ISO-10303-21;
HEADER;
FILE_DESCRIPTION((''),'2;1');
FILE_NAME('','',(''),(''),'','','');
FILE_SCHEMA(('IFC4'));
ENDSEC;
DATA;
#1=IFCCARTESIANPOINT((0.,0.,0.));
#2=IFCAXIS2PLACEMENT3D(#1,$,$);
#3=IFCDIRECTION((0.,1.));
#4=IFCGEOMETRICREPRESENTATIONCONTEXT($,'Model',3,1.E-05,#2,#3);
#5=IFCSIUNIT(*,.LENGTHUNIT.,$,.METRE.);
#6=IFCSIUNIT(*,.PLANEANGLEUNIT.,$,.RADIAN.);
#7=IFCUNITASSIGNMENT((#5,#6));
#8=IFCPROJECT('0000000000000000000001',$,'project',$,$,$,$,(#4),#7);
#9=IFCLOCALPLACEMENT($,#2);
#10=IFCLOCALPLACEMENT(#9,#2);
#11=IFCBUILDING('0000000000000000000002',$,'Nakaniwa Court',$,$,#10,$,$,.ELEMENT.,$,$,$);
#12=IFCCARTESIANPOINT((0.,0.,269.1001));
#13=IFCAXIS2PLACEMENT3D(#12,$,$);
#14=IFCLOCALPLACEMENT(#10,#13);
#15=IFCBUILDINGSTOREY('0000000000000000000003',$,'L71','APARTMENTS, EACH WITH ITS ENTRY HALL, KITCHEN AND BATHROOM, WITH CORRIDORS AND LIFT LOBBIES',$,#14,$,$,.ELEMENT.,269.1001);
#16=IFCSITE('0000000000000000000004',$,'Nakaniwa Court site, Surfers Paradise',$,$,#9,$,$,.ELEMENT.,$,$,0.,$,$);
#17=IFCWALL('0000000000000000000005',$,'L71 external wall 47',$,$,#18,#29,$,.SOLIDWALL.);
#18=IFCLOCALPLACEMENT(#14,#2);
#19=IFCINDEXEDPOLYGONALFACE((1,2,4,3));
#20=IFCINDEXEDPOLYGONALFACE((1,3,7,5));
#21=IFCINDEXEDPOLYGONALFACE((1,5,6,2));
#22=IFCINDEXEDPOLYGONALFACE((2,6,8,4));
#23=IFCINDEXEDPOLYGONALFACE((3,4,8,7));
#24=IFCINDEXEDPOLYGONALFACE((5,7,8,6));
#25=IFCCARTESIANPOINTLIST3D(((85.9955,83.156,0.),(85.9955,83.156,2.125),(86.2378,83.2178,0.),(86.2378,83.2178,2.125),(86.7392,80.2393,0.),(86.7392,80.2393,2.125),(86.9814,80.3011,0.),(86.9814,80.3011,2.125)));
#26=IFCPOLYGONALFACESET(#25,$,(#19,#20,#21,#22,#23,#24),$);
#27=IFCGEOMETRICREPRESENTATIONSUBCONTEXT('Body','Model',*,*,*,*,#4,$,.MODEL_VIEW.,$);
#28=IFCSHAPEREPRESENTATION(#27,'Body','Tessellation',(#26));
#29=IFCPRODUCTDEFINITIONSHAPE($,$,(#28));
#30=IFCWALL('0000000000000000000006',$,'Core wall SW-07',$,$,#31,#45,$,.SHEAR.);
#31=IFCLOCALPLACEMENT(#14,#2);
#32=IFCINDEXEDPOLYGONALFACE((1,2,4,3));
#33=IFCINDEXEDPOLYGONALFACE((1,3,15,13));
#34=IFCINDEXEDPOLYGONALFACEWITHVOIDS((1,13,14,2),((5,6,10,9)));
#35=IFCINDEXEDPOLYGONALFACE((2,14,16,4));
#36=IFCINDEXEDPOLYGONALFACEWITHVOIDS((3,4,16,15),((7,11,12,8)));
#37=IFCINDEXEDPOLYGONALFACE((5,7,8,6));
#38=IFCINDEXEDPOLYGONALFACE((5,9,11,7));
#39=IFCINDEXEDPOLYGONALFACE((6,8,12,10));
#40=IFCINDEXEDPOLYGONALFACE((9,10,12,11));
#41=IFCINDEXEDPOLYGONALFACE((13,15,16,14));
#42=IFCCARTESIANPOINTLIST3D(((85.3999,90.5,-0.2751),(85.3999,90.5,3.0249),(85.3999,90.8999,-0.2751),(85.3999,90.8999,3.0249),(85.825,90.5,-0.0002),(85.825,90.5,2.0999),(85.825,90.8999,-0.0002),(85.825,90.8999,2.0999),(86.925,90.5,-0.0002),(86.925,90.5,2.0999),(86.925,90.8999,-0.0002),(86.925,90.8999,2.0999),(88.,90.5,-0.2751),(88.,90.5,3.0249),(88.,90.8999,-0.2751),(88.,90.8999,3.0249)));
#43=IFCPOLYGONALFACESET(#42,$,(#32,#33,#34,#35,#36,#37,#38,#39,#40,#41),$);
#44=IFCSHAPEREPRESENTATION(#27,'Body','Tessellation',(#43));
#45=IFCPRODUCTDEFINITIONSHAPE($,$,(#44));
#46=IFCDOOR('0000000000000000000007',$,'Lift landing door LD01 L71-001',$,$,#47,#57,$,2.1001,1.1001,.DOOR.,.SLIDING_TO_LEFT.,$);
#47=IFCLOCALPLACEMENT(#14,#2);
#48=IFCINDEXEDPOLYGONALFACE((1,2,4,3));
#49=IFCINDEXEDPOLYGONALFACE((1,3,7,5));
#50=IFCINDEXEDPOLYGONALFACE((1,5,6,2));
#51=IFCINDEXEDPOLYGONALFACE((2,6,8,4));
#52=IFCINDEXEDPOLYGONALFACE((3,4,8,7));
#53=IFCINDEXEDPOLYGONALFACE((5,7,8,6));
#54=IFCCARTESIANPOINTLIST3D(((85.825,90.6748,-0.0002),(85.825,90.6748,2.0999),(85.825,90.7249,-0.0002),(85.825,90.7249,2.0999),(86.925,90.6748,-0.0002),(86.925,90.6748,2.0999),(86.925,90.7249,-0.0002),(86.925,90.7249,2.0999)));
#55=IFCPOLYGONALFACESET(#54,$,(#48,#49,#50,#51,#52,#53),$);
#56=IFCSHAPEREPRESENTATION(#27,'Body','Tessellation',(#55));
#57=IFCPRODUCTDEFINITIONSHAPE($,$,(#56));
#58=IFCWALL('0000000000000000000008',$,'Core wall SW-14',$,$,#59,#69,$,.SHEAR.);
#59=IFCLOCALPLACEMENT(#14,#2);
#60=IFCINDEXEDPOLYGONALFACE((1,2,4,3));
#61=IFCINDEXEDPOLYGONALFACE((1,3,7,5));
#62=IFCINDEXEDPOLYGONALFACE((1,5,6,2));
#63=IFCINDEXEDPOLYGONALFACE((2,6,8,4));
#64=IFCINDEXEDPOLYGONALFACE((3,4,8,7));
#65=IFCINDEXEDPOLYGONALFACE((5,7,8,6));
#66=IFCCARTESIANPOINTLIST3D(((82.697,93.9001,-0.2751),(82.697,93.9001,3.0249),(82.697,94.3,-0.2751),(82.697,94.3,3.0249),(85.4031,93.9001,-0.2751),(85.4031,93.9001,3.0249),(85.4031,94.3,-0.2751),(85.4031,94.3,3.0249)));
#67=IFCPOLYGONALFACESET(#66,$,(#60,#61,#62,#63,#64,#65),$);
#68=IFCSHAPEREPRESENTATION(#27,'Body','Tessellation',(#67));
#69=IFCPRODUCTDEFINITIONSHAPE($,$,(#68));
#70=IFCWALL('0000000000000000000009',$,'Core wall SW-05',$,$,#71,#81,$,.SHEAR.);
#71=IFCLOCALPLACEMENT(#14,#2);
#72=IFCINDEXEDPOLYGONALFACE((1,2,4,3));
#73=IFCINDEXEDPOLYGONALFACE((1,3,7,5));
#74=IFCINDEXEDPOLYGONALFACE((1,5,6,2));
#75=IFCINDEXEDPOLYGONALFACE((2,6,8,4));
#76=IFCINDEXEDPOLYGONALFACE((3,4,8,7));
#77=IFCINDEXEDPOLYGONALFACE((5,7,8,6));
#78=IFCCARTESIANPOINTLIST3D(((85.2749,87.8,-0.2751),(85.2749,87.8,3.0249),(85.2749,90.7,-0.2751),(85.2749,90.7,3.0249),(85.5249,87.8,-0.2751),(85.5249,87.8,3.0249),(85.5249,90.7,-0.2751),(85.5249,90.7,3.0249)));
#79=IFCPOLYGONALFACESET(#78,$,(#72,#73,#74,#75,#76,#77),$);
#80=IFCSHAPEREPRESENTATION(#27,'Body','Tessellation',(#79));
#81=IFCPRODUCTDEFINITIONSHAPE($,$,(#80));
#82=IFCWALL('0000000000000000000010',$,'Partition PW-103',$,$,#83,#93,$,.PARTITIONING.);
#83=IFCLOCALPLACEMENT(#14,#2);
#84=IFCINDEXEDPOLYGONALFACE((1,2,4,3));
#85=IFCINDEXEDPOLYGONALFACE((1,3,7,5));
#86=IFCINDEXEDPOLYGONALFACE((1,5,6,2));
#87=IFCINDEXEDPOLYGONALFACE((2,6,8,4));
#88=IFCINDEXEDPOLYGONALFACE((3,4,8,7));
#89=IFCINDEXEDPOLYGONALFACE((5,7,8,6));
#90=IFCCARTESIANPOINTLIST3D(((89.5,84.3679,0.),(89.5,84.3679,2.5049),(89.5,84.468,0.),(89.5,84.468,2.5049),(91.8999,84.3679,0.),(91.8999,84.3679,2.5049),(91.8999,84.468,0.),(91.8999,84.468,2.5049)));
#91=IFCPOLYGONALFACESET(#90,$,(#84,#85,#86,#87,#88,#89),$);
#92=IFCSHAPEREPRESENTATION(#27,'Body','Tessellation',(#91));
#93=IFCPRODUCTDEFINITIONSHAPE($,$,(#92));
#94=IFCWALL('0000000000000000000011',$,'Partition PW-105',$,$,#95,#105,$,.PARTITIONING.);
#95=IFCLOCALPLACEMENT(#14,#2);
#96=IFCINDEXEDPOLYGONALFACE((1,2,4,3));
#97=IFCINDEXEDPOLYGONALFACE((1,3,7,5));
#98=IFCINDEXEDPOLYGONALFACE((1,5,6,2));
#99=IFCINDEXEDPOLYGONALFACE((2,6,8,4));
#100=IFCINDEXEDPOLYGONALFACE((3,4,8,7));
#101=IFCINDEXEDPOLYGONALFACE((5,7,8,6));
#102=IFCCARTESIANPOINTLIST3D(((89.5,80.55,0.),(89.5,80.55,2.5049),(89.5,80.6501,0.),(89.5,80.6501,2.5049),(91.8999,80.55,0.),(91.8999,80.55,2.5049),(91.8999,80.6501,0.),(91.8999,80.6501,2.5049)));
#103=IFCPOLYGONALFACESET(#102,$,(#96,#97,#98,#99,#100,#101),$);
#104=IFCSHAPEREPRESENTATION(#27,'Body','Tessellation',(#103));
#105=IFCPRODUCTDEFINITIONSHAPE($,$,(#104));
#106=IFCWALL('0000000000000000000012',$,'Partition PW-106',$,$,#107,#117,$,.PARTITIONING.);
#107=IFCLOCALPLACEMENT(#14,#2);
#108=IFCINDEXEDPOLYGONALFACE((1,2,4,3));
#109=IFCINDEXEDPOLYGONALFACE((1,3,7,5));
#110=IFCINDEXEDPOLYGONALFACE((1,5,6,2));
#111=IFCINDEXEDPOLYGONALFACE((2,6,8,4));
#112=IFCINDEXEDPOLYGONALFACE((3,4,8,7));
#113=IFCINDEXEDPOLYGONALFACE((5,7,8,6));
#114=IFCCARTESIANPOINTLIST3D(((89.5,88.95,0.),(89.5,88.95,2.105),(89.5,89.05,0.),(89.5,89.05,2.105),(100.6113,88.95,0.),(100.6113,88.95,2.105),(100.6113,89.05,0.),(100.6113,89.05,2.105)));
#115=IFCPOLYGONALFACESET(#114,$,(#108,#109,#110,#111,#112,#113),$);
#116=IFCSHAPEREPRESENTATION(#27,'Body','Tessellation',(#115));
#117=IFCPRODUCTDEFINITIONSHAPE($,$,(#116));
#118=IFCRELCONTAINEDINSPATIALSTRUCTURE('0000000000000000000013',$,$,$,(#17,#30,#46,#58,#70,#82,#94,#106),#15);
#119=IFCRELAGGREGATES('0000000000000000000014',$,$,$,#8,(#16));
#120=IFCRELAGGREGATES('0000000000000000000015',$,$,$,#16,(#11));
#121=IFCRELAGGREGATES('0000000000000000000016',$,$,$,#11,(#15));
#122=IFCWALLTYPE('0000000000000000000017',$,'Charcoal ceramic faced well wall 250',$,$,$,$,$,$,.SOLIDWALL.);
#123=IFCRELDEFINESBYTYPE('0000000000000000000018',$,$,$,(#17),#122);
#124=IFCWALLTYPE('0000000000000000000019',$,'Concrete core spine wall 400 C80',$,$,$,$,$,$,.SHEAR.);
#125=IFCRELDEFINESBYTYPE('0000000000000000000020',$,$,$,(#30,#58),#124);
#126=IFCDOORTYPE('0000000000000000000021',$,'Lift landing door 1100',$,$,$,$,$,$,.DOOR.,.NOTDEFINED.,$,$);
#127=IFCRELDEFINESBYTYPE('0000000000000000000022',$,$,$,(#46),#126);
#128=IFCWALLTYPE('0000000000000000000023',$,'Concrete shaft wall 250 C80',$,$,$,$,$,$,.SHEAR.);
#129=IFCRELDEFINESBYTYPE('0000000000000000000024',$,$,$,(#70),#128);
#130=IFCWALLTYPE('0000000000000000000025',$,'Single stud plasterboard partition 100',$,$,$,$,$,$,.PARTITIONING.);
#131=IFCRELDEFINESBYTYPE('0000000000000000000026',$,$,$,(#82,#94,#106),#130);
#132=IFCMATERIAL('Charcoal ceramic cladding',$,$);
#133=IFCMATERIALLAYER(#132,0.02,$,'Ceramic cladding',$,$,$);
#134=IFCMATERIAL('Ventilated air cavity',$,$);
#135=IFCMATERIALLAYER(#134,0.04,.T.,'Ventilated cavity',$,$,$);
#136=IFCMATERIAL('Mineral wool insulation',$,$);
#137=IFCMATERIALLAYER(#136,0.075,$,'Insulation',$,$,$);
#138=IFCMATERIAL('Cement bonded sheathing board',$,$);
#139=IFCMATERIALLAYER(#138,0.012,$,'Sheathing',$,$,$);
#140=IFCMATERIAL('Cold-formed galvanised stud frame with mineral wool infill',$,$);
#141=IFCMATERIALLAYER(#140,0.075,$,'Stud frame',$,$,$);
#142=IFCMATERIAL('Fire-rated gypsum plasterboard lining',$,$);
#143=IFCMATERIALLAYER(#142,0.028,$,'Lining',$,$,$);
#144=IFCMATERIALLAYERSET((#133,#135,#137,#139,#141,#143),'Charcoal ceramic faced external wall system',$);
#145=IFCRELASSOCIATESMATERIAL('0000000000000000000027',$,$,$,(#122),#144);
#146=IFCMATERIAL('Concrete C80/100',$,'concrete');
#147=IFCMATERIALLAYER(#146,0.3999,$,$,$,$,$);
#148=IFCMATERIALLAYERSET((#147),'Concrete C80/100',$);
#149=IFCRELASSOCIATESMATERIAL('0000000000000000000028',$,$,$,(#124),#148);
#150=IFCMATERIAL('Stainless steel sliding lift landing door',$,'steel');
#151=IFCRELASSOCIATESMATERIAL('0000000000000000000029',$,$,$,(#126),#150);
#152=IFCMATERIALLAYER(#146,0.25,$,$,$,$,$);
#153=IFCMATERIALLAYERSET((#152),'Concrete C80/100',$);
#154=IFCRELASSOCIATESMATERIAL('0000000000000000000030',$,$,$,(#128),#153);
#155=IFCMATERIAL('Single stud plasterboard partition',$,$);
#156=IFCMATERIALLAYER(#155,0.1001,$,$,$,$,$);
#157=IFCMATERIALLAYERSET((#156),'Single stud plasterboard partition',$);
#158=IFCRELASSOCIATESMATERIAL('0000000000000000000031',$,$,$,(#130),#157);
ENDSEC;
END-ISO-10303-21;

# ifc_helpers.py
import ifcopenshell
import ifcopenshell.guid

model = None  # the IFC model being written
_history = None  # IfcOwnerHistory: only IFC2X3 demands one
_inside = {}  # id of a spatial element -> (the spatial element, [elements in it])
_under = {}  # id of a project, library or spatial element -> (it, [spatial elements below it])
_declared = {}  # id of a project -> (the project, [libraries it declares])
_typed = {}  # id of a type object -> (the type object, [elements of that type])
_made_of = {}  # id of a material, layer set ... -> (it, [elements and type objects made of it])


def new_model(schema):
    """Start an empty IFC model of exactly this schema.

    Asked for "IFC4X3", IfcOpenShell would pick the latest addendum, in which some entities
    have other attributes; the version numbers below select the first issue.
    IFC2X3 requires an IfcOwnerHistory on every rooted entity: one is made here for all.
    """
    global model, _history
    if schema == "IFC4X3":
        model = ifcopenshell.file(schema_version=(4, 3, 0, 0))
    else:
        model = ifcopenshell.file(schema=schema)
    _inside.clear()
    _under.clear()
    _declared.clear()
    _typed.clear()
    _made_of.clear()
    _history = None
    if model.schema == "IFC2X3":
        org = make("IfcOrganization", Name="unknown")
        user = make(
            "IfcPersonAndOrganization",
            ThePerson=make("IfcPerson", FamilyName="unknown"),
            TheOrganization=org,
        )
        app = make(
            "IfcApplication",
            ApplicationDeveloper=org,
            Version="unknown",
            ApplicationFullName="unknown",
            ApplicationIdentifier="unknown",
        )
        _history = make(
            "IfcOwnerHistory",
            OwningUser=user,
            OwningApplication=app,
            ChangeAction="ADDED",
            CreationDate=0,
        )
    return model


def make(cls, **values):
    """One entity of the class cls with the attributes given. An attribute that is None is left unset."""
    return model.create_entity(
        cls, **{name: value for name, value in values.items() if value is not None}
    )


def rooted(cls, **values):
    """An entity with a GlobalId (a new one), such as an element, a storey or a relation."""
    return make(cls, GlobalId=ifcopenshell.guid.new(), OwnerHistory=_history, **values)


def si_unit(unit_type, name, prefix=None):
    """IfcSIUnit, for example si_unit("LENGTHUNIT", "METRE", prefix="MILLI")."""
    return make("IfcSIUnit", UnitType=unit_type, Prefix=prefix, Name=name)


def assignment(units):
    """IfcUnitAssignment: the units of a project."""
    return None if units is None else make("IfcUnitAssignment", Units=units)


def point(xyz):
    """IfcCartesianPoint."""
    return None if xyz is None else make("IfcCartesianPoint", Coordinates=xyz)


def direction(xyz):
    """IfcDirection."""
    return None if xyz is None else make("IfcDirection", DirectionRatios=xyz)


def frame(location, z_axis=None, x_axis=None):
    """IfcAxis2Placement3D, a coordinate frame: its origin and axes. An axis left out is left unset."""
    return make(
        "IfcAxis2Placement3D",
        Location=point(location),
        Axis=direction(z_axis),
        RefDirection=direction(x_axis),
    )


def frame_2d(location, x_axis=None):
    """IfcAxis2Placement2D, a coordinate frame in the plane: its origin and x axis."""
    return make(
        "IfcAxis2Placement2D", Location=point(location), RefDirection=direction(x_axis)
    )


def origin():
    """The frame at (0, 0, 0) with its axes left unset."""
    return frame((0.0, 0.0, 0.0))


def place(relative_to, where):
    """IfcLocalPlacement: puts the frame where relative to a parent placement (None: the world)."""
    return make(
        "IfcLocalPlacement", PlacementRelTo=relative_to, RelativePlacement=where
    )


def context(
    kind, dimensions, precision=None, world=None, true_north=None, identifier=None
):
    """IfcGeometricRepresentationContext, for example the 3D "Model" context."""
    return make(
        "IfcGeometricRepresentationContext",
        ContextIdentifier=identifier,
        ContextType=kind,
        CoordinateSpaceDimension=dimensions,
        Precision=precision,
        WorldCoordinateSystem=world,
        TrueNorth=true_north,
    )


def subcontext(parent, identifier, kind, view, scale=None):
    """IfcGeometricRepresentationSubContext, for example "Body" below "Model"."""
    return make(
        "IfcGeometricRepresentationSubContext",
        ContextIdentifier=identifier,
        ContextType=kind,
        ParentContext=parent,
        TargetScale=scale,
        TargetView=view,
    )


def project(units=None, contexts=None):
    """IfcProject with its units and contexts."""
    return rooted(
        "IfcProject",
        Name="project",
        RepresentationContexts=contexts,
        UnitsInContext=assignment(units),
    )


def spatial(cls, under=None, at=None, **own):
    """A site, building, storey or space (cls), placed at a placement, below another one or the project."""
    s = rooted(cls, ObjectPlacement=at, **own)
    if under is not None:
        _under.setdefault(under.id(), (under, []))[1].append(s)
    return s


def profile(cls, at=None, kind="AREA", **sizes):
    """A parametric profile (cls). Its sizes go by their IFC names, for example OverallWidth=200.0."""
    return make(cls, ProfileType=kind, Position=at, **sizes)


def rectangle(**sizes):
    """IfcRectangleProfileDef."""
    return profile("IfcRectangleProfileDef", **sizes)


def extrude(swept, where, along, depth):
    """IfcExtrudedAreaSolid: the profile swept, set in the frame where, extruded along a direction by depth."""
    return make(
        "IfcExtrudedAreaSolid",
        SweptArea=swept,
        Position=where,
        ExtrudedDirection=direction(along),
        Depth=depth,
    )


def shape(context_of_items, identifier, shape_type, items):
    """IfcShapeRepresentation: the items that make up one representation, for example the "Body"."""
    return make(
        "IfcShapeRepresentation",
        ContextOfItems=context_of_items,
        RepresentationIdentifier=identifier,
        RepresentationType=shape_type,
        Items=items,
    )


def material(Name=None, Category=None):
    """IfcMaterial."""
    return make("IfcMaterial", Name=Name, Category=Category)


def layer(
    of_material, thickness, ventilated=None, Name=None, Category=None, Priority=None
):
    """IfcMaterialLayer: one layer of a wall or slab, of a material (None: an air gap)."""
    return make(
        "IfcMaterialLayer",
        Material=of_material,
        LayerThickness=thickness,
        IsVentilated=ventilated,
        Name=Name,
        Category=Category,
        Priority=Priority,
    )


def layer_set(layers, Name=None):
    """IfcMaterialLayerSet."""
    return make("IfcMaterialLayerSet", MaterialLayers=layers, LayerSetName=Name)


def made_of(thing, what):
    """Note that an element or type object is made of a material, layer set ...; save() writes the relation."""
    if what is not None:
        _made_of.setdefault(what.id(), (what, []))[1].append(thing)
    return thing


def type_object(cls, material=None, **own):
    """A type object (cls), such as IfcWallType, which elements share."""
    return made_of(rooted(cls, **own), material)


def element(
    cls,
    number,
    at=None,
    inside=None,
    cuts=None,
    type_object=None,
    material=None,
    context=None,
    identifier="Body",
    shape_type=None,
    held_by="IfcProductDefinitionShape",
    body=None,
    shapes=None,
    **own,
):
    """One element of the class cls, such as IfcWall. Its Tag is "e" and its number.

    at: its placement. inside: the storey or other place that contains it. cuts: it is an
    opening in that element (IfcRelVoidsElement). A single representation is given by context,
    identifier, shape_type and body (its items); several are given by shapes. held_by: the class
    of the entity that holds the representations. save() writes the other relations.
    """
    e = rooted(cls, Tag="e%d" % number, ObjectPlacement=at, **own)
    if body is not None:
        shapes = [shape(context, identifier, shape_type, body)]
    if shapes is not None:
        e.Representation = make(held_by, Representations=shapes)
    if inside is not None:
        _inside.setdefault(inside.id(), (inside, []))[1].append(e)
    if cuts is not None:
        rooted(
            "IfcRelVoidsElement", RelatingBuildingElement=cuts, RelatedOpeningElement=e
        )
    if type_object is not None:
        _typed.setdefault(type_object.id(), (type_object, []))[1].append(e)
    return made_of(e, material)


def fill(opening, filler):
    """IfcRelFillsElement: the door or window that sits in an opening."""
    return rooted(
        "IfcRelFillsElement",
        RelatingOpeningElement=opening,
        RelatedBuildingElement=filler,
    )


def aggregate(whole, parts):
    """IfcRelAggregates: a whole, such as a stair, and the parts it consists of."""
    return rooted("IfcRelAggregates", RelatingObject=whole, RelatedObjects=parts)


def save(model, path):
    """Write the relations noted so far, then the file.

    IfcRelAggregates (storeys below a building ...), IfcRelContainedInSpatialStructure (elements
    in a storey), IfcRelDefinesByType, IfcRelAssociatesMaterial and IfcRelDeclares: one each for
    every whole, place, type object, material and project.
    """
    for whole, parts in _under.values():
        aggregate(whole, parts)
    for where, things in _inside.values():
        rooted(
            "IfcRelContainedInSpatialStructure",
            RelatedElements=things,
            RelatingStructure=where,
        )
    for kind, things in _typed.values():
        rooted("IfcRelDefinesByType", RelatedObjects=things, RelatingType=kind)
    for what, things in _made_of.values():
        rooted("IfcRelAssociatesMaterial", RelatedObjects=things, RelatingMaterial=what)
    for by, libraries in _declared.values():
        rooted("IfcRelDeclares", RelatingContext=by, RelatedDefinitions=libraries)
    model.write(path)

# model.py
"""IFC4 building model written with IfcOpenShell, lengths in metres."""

from ifc_helpers import new_model, si_unit, direction, frame, frame_2d, origin, place, context, subcontext, project, spatial, rectangle, extrude, material, layer, layer_set, type_object, element, fill, save


model = new_model("IFC4")

# Units and contexts
model_context = context("Model", 3, precision=1e-05, world=origin(), true_north=direction((0.0, 1.0)))
body_context = subcontext(model_context, "Body", "Model", "MODEL_VIEW")
ifc_project = project(units=[si_unit("LENGTHUNIT", "METRE"), si_unit("PLANEANGLEUNIT", "RADIAN")], contexts=[model_context])

# Site, building, storey
site_placement = place(None, origin())
site = spatial("IfcSite", under=ifc_project, at=site_placement, Name="Nakaniwa Court site, Surfers Paradise", CompositionType="ELEMENT", RefElevation=0.0)
building_placement = place(site_placement, origin())
building = spatial("IfcBuilding", under=site, at=building_placement, Name="Nakaniwa Court", CompositionType="ELEMENT")
storey_placement = place(building_placement, frame((0.0, 0.0, 269.1001)))
storey = spatial("IfcBuildingStorey", under=building, at=storey_placement, Name="L71", Description="APARTMENTS, EACH WITH ITS ENTRY HALL, KITCHEN AND BATHROOM, WITH CORRIDORS AND LIFT LOBBIES", CompositionType="ELEMENT", Elevation=269.1001)

# Shared definitions
ifc_material_1 = material(Name="Concrete C80/100", Category="concrete")

# Wall
ifc_material_2 = material(Name="Charcoal ceramic cladding")
ifc_layer_1 = layer(ifc_material_2, 0.02, Name="Ceramic cladding")
ifc_material_3 = material(Name="Ventilated air cavity")
ifc_layer_2 = layer(ifc_material_3, 0.04, ventilated=True, Name="Ventilated cavity")
ifc_material_4 = material(Name="Mineral wool insulation")
ifc_layer_3 = layer(ifc_material_4, 0.075, Name="Insulation")
ifc_material_5 = material(Name="Cement bonded sheathing board")
ifc_layer_4 = layer(ifc_material_5, 0.012, Name="Sheathing")
ifc_material_6 = material(Name="Cold-formed galvanised stud frame with mineral wool infill")
ifc_layer_5 = layer(ifc_material_6, 0.075, Name="Stud frame")
ifc_material_7 = material(Name="Fire-rated gypsum plasterboard lining")
ifc_layer_6 = layer(ifc_material_7, 0.028, Name="Lining")
ifc_layer_set_1 = layer_set([ifc_layer_1, ifc_layer_2, ifc_layer_3, ifc_layer_4, ifc_layer_5, ifc_layer_6], Name="Charcoal ceramic faced external wall system")
wall_type_1 = type_object("IfcWallType", Name="Charcoal ceramic faced well wall 250", PredefinedType="SOLIDWALL", material=ifc_layer_set_1)
wall_1_placement = place(storey_placement, frame((86.1167, 83.1868, 0.0), z_axis=(0.0, 0.0, 1.0), x_axis=(0.247056, -0.969001, 0.0)))
element("IfcWall", 1, at=wall_1_placement, inside=storey, type_object=wall_type_1, Name="L71 external wall 47", PredefinedType="SOLIDWALL", context=body_context, shape_type="SweptSolid", body=[
    extrude(rectangle(XDim=3.01, YDim=0.25, at=frame_2d((1.5049, 0.0))), origin(), (0.0, 0.0, 1.0), 2.125),
])

# Wall, opening, door
ifc_layer_7 = layer(ifc_material_1, 0.3999)
ifc_layer_set_2 = layer_set([ifc_layer_7], Name="Concrete C80/100")
wall_type_2 = type_object("IfcWallType", Name="Concrete core spine wall 400 C80", PredefinedType="SHEAR", material=ifc_layer_set_2)
wall_2_placement = place(storey_placement, frame((85.3999, 90.7, -0.2751), z_axis=(0.0, 0.0, 1.0), x_axis=(1.0, 0.0, 0.0)))
wall_2 = element("IfcWall", 2, at=wall_2_placement, inside=storey, type_object=wall_type_2, Name="Core wall SW-07", PredefinedType="SHEAR", context=body_context, shape_type="SweptSolid", body=[
    extrude(rectangle(XDim=2.6001, YDim=0.3999, at=frame_2d((1.3, 0.0))), origin(), (0.0, 0.0, 1.0), 3.3),
])
opening_1_placement = place(wall_2_placement, frame((0.425, 0.0, 0.2749)))
opening_1 = element("IfcOpeningElement", 3, at=opening_1_placement, cuts=wall_2, PredefinedType="OPENING", context=body_context, shape_type="SweptSolid", body=[
    extrude(rectangle(XDim=1.1001, YDim=2.1001, at=frame_2d((0.55, 1.05))), frame((0.0, 0.21, 0.0), z_axis=(0.0, -1.0, 0.0), x_axis=(1.0, 0.0, 0.0)), (0.0, 0.0, 1.0), 0.4199),
])
ifc_material_8 = material(Name="Stainless steel sliding lift landing door", Category="steel")
door_type_1 = type_object("IfcDoorType", Name="Lift landing door 1100", OperationType="NOTDEFINED", PredefinedType="DOOR", material=ifc_material_8)
door_1_placement = place(opening_1_placement, origin())
door_1 = element("IfcDoor", 4, at=door_1_placement, inside=storey, type_object=door_type_1, Name="Lift landing door LD01 L71-001", OperationType="SLIDING_TO_LEFT", OverallHeight=2.1001, OverallWidth=1.1001, PredefinedType="DOOR", context=body_context, shape_type="SweptSolid", body=[
    extrude(rectangle(XDim=1.1001, YDim=2.1001, at=frame_2d((0.55, 1.05))), frame((0.0, 0.0249, 0.0), z_axis=(0.0, -1.0, 0.0), x_axis=(1.0, 0.0, 0.0)), (0.0, 0.0, 1.0), 0.05),
])
fill(opening_1, door_1)

# Walls
wall_3_placement = place(storey_placement, frame((82.697, 94.1001, -0.2751), z_axis=(0.0, 0.0, 1.0), x_axis=(1.0, 0.0, 0.0)))
element("IfcWall", 5, at=wall_3_placement, inside=storey, type_object=wall_type_2, Name="Core wall SW-14", PredefinedType="SHEAR", context=body_context, shape_type="SweptSolid", body=[
    extrude(rectangle(XDim=2.7061, YDim=0.3999, at=frame_2d((1.353, 0.0))), origin(), (0.0, 0.0, 1.0), 3.3),
])
ifc_layer_8 = layer(ifc_material_1, 0.25)
ifc_layer_set_3 = layer_set([ifc_layer_8], Name="Concrete C80/100")
wall_type_3 = type_object("IfcWallType", Name="Concrete shaft wall 250 C80", PredefinedType="SHEAR", material=ifc_layer_set_3)
wall_4_placement = place(storey_placement, frame((85.3999, 87.8, -0.2751), z_axis=(0.0, 0.0, 1.0), x_axis=(0.0, 1.0, 0.0)))
element("IfcWall", 6, at=wall_4_placement, inside=storey, type_object=wall_type_3, Name="Core wall SW-05", PredefinedType="SHEAR", context=body_context, shape_type="SweptSolid", body=[
    extrude(rectangle(XDim=2.8999, YDim=0.25, at=frame_2d((1.45, 0.0))), origin(), (0.0, 0.0, 1.0), 3.3),
])
ifc_material_9 = material(Name="Single stud plasterboard partition")
ifc_layer_9 = layer(ifc_material_9, 0.1001)
ifc_layer_set_4 = layer_set([ifc_layer_9], Name="Single stud plasterboard partition")
wall_type_4 = type_object("IfcWallType", Name="Single stud plasterboard partition 100", PredefinedType="PARTITIONING", material=ifc_layer_set_4)
for number, where, z_axis, x_axis, name in (
    (7, (89.5, 84.418, 0.0), (0.0, 0.0, 1.0), (1.0, 0.0, 0.0), "Partition PW-103"),
    (8, (89.5, 80.6001, 0.0), (0.0, 0.0, 1.0), (1.0, 0.0, 0.0), "Partition PW-105"),
):
    element("IfcWall", number, at=place(storey_placement, frame(where, z_axis=z_axis, x_axis=x_axis)), inside=storey, type_object=wall_type_4, Name=name, PredefinedType="PARTITIONING", context=body_context, shape_type="SweptSolid", body=[
        extrude(rectangle(XDim=2.3999, YDim=0.1001, at=frame_2d((1.2, 0.0))), origin(), (0.0, 0.0, 1.0), 2.5049),
    ])
wall_5_placement = place(storey_placement, frame((89.5, 89.0, 0.0), z_axis=(0.0, 0.0, 1.0), x_axis=(1.0, 0.0, 0.0)))
element("IfcWall", 9, at=wall_5_placement, inside=storey, type_object=wall_type_4, Name="Partition PW-106", PredefinedType="PARTITIONING", context=body_context, shape_type="SweptSolid", body=[
    extrude(rectangle(XDim=11.1113, YDim=0.1001, at=frame_2d((5.5557, 0.0))), origin(), (0.0, 0.0, 1.0), 2.105),
])

save(model, "model.ifc")
